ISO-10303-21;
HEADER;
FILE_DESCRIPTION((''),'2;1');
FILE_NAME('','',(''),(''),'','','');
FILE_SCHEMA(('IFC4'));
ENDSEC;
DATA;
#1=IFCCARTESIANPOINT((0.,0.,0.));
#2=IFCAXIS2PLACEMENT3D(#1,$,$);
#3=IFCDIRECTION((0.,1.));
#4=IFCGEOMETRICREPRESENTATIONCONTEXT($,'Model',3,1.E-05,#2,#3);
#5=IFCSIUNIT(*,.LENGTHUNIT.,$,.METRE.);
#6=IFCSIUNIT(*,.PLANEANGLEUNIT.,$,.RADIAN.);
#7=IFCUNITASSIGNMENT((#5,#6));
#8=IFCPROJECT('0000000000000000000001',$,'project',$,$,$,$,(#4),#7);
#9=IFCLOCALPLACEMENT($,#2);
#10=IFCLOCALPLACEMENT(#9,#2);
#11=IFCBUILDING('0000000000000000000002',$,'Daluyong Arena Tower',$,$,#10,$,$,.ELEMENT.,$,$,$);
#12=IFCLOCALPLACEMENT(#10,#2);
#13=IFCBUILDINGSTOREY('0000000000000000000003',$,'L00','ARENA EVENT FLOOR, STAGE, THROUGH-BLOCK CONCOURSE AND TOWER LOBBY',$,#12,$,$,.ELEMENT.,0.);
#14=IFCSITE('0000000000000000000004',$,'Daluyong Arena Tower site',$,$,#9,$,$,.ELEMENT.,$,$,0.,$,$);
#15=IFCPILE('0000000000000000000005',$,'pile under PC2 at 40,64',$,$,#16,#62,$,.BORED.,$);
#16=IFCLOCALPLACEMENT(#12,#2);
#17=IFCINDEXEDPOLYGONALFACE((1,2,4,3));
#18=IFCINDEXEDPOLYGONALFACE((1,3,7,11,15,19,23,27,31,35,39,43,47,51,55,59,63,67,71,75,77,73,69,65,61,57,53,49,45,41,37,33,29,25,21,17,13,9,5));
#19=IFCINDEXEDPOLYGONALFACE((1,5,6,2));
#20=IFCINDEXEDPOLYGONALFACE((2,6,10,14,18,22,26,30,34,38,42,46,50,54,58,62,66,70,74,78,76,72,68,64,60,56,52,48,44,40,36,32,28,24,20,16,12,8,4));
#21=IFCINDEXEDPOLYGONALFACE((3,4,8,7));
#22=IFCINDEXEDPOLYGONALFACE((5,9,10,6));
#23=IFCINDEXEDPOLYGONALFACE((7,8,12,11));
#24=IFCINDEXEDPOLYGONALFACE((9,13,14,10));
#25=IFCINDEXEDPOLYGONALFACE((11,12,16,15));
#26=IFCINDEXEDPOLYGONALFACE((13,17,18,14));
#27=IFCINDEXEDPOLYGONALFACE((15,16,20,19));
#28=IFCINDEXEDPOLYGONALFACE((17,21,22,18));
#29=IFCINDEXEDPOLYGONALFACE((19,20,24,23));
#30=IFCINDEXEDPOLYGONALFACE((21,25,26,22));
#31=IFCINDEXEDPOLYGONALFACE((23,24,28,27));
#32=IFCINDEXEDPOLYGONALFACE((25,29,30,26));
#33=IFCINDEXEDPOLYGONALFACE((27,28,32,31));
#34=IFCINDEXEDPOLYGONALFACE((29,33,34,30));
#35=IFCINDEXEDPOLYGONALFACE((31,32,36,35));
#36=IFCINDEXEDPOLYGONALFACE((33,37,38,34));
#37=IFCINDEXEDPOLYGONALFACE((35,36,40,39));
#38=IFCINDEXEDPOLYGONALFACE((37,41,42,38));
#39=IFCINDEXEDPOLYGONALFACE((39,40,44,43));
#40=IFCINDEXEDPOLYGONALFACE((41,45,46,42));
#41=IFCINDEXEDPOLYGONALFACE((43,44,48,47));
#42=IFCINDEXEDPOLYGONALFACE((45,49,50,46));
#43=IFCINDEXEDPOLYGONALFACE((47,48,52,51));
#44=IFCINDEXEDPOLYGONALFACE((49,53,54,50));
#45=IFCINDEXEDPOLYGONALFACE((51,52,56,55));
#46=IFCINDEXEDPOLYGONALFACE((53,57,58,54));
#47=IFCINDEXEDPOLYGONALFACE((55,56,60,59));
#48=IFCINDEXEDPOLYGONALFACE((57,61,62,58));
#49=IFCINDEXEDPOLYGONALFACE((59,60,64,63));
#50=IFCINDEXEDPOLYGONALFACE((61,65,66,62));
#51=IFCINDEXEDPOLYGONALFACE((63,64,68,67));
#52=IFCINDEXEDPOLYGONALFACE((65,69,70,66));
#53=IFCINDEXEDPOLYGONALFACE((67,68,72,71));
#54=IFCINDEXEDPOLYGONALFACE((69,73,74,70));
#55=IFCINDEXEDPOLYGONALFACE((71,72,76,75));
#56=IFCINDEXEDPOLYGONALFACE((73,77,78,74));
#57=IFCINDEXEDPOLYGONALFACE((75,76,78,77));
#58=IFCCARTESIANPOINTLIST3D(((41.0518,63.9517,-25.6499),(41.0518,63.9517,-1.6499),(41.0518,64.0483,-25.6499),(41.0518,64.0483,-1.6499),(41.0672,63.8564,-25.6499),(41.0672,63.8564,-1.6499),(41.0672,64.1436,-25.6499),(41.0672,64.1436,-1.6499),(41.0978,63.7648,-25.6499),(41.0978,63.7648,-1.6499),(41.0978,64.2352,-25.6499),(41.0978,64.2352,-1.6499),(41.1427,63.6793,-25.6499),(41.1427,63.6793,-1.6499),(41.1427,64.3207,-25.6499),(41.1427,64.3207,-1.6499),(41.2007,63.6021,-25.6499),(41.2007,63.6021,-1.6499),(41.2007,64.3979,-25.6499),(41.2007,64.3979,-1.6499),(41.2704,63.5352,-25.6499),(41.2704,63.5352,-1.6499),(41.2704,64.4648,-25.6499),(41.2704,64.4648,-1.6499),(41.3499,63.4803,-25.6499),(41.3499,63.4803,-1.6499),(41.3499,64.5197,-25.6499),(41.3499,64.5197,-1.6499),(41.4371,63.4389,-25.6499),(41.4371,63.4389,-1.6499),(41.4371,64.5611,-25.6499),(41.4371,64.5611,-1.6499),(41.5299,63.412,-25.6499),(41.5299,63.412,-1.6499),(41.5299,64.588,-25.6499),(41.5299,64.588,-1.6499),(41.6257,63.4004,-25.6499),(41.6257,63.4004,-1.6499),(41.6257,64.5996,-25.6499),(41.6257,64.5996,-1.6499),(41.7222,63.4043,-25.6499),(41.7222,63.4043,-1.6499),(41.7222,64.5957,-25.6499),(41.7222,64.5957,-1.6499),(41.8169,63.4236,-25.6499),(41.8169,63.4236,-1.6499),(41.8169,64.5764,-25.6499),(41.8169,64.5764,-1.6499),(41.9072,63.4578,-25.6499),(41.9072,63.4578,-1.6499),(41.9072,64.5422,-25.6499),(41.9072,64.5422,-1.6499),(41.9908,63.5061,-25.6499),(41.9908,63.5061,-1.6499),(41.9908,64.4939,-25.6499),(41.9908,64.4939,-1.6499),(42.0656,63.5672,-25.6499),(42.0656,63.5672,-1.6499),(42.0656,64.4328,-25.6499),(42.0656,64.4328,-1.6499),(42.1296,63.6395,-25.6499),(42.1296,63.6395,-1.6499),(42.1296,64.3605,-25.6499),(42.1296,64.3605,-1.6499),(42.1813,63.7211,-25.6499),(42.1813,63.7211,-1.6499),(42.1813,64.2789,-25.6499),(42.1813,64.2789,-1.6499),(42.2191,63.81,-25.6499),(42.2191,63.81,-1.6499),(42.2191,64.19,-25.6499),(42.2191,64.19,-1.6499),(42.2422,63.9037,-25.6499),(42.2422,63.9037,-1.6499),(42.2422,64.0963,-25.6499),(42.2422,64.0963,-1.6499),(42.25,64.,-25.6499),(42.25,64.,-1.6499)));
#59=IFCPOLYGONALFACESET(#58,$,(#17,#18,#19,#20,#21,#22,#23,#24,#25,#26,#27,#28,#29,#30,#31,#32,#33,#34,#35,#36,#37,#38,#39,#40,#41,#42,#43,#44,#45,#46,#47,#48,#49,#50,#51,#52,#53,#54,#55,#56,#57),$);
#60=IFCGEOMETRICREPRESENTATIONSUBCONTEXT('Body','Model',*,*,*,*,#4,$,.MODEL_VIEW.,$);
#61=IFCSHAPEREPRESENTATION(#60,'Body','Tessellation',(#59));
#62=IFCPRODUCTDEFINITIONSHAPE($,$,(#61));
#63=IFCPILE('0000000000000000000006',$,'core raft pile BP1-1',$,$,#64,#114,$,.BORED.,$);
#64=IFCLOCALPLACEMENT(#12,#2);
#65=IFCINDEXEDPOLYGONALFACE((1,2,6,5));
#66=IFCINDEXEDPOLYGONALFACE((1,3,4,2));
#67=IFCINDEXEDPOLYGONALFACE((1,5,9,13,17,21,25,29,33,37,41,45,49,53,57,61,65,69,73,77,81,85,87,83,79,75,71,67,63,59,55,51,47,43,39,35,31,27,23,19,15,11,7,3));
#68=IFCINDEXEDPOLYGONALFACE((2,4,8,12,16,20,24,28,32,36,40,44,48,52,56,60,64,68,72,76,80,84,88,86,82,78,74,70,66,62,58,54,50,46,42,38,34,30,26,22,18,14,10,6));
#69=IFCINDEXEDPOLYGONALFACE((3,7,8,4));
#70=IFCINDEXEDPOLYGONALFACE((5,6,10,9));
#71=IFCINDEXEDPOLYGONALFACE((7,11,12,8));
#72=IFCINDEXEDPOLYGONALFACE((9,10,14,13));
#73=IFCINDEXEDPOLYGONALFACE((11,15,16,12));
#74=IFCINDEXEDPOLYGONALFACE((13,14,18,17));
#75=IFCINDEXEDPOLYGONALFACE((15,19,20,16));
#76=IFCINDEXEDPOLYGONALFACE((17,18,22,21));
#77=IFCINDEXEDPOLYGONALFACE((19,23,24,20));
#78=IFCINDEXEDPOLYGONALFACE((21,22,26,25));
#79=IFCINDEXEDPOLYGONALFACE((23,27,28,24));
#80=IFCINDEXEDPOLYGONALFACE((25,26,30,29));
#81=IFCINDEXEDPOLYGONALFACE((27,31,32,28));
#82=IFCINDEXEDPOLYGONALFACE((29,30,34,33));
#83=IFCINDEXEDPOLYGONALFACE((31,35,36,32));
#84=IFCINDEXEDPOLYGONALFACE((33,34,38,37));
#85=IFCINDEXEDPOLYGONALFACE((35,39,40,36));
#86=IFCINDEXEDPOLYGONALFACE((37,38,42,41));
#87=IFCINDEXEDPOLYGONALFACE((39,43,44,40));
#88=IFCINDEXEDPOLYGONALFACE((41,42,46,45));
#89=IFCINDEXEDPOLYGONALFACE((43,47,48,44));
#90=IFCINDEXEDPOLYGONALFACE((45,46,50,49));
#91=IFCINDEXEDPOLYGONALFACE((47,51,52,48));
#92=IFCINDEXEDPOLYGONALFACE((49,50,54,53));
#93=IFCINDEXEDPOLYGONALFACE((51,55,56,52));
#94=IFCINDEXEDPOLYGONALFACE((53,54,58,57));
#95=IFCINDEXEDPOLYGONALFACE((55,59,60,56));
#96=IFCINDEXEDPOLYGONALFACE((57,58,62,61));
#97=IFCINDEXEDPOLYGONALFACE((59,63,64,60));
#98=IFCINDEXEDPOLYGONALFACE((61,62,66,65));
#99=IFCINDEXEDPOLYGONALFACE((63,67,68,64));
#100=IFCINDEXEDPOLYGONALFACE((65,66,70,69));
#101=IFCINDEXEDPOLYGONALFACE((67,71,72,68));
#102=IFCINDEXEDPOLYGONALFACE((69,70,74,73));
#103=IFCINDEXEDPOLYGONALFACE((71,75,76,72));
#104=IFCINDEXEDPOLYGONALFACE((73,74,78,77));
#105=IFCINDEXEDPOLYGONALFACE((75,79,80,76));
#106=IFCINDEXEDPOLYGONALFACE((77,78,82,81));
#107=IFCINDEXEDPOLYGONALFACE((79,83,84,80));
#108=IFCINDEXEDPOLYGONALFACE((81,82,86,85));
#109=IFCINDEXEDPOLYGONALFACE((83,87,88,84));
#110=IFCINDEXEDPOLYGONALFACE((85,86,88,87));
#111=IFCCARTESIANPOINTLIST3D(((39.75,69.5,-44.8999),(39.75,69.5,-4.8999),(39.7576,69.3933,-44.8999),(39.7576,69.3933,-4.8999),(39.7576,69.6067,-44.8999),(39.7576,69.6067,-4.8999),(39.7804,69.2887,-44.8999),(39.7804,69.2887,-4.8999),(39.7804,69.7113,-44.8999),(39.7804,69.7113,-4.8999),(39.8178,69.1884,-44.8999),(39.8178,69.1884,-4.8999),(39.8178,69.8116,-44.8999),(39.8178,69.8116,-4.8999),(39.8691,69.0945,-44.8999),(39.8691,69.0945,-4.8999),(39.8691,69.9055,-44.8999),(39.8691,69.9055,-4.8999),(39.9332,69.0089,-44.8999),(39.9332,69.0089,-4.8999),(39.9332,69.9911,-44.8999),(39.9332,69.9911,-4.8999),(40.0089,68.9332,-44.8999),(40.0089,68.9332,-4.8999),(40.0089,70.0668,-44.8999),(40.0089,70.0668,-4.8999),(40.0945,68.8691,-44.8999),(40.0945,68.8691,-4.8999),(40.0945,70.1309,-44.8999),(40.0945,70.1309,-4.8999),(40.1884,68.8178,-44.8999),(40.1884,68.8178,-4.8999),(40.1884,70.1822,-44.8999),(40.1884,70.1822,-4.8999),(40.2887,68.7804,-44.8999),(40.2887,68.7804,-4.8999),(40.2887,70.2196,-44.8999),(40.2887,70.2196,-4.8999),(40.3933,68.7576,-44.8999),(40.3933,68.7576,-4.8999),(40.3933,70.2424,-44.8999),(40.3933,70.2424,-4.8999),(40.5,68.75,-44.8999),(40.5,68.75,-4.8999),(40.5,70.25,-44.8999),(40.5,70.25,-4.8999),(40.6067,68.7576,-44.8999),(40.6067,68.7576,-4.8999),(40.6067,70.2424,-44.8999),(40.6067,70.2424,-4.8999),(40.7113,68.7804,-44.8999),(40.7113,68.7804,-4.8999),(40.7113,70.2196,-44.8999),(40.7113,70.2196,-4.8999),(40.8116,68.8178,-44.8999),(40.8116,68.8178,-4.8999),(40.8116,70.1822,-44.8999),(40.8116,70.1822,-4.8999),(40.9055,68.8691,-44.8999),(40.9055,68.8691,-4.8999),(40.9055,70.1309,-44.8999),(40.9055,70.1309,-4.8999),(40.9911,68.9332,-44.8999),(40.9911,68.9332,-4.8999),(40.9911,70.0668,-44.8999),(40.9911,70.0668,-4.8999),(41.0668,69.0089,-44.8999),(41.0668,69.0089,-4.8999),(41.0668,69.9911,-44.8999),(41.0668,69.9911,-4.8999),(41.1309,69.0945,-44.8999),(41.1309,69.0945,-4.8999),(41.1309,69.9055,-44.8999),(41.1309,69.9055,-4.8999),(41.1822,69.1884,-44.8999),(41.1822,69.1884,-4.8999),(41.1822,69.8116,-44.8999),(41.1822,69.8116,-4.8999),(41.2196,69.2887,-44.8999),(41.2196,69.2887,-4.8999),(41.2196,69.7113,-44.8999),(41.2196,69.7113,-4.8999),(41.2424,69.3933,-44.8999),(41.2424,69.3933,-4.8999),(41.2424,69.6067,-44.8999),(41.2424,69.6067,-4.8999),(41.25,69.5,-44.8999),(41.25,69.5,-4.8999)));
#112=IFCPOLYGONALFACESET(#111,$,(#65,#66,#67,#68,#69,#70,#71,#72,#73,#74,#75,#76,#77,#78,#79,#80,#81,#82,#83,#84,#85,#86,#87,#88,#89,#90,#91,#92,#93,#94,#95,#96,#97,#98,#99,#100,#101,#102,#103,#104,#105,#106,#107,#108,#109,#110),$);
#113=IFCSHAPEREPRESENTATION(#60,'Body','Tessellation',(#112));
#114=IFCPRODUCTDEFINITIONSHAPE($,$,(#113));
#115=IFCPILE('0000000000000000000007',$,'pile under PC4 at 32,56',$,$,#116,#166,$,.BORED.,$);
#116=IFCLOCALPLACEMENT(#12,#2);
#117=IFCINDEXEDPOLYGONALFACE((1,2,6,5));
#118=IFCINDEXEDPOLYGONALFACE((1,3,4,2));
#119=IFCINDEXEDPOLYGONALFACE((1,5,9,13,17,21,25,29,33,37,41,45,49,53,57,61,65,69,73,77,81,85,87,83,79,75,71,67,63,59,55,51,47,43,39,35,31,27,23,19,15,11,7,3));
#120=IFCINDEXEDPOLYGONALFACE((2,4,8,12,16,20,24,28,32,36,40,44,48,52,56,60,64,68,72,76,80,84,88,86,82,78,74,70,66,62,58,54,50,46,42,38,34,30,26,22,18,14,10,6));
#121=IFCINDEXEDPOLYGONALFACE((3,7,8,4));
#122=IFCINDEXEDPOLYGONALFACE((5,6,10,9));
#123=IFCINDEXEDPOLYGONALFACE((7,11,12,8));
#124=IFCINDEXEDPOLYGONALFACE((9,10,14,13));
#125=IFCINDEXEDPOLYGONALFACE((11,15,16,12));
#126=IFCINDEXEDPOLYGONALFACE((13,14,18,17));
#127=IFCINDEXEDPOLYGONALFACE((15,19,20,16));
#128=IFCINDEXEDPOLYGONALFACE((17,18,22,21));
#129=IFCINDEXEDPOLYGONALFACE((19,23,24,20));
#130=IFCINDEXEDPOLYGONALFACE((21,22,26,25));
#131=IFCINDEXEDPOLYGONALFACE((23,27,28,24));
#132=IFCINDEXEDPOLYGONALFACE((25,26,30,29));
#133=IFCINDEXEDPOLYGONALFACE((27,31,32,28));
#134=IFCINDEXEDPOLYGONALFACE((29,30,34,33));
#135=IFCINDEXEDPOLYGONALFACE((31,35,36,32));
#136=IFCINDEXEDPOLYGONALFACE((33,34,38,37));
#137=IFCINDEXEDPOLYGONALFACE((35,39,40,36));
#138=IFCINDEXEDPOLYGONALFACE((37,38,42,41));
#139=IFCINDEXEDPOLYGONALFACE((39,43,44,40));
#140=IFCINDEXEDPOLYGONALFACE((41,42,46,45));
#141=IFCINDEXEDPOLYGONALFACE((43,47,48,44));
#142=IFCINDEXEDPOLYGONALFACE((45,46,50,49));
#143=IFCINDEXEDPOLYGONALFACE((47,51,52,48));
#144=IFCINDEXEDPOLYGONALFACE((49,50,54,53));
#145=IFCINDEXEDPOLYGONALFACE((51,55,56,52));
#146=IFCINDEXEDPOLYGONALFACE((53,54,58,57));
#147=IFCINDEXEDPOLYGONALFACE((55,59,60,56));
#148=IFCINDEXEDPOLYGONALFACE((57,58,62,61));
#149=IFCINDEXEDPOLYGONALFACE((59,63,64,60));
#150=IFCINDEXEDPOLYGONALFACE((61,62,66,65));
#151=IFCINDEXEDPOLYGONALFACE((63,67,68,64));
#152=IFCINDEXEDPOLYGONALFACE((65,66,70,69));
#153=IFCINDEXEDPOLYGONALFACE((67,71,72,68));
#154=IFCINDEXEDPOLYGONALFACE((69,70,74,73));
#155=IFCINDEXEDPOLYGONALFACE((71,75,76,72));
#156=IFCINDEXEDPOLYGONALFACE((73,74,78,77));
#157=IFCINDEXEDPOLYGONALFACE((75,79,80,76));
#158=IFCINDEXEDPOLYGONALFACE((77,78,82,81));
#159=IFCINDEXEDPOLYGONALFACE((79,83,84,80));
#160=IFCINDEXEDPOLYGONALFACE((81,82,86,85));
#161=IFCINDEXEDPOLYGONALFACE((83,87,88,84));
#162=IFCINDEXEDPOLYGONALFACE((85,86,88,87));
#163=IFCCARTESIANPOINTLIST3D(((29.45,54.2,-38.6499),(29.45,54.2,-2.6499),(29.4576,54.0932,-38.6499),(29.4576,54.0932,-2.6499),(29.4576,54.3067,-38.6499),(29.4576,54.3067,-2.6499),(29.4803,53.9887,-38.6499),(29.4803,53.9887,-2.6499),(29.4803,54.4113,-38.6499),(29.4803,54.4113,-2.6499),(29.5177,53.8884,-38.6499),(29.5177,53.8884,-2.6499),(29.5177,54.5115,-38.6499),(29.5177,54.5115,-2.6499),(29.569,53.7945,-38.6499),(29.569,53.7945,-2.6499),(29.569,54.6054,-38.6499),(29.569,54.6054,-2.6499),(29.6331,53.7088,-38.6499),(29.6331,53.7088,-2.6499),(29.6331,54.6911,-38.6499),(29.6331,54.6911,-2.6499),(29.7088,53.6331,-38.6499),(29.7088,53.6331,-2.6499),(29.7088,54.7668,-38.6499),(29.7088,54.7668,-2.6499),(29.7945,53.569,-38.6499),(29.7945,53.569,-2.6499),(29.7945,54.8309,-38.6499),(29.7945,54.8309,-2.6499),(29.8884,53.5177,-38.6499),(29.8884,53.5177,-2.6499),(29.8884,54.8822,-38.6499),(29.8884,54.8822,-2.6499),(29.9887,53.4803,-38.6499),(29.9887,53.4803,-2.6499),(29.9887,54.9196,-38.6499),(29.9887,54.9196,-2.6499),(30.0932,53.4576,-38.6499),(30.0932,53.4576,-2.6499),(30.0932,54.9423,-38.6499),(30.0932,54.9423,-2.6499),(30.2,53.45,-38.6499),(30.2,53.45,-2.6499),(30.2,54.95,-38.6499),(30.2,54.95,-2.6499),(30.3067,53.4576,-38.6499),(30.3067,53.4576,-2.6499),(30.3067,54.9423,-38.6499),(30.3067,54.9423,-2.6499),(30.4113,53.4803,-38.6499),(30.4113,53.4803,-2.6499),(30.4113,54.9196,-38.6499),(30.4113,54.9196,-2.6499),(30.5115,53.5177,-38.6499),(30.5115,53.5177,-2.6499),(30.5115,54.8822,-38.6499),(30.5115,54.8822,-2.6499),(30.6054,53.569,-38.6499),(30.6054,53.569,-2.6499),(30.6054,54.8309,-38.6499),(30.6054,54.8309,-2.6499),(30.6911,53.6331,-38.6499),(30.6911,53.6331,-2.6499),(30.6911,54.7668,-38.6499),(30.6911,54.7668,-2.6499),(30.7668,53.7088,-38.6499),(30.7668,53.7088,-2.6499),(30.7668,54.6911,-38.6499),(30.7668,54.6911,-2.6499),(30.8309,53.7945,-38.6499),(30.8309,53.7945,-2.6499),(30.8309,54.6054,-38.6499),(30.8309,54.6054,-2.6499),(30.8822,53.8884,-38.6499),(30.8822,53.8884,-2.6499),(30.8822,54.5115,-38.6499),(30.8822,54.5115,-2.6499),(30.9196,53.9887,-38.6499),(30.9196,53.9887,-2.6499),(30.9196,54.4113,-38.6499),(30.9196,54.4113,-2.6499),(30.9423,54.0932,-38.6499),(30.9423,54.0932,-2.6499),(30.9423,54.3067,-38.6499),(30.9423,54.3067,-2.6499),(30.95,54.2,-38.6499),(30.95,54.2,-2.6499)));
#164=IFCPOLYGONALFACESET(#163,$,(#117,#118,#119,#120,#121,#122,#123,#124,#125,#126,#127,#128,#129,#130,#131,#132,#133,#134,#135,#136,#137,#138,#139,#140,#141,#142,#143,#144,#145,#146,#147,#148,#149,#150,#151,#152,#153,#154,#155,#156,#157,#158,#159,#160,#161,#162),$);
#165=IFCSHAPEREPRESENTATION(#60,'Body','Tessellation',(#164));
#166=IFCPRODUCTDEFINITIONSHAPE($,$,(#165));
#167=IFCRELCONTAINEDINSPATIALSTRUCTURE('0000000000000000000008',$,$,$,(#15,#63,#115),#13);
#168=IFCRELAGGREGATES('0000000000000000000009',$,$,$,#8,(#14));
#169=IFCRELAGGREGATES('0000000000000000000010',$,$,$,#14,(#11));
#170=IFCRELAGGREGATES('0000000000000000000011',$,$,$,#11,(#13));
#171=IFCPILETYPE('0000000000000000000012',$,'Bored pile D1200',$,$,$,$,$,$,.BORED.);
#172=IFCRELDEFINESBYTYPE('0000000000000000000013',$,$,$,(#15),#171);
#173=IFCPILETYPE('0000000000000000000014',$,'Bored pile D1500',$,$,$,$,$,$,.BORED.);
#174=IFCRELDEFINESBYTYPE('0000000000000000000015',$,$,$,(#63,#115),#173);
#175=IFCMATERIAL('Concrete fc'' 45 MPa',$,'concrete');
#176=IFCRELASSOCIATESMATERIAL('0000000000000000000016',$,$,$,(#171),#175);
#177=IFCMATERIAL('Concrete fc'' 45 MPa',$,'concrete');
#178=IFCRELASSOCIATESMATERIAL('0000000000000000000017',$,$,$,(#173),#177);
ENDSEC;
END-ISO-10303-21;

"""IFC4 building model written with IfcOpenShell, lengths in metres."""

from ifc_helpers import new_model, si_unit, direction, frame, origin, origin_2d, place, context, subcontext, project, spatial, circle, extrude, material, type_object, element, save


model = new_model("IFC4")

# Units and contexts
model_context = context("Model", 3, precision=1e-05, world=origin(), true_north=direction((0.0, 1.0)))
body_context = subcontext(model_context, "Body", "Model", "MODEL_VIEW")
ifc_project = project(units=[si_unit("LENGTHUNIT", "METRE"), si_unit("PLANEANGLEUNIT", "RADIAN")], contexts=[model_context])

# Site, building, storey
site_placement = place(None, origin())
site = spatial("IfcSite", under=ifc_project, at=site_placement, Name="Daluyong Arena Tower site", CompositionType="ELEMENT", RefElevation=0.0)
building_placement = place(site_placement, origin())
building = spatial("IfcBuilding", under=site, at=building_placement, Name="Daluyong Arena Tower", CompositionType="ELEMENT")
storey_placement = place(building_placement, origin())
storey = spatial("IfcBuildingStorey", under=building, at=storey_placement, Name="L00", Description="ARENA EVENT FLOOR, STAGE, THROUGH-BLOCK CONCOURSE AND TOWER LOBBY", CompositionType="ELEMENT", Elevation=0.0)

# Piles
ifc_material_1 = material(Name="Concrete fc' 45 MPa", Category="concrete")
pile_type_1 = type_object("IfcPileType", Name="Bored pile D1200", PredefinedType="BORED", material=ifc_material_1)
for number, where, z_axis, x_axis, name in (
    (1, (41.6499, 64.0, -1.6499), (0.0, 0.0, -1.0), (1.0, 0.0, 0.0), "pile under PC2 at 40,64"),
):
    element("IfcPile", number, at=place(storey_placement, frame(where, z_axis=z_axis, x_axis=x_axis)), inside=storey, type_object=pile_type_1, Name=name, PredefinedType="BORED", context=body_context, shape_type="SweptSolid", body=[
        extrude(circle(Radius=0.6001, at=origin_2d()), origin(), (0.0, 0.0, 1.0), 24.0),
    ])
ifc_material_2 = material(Name="Concrete fc' 45 MPa", Category="concrete")
pile_type_2 = type_object("IfcPileType", Name="Bored pile D1500", PredefinedType="BORED", material=ifc_material_2)
pile_placement = place(storey_placement, frame((40.5, 69.5, -4.8999), z_axis=(0.0, 0.0, -1.0), x_axis=(1.0, 0.0, 0.0)))
element("IfcPile", 2, at=pile_placement, inside=storey, type_object=pile_type_2, Name="core raft pile BP1-1", PredefinedType="BORED", context=body_context, shape_type="SweptSolid", body=[
    extrude(circle(Radius=0.75, at=origin_2d()), origin(), (0.0, 0.0, 1.0), 40.0),
])
for number, where, z_axis, x_axis, name in (
    (3, (30.2, 54.2, -2.6499), (0.0, 0.0, -1.0), (1.0, 0.0, 0.0), "pile under PC4 at 32,56"),
):
    element("IfcPile", number, at=place(storey_placement, frame(where, z_axis=z_axis, x_axis=x_axis)), inside=storey, type_object=pile_type_2, Name=name, PredefinedType="BORED", context=body_context, shape_type="SweptSolid", body=[
        extrude(circle(Radius=0.75, at=origin_2d()), origin(), (0.0, 0.0, 1.0), 36.0),
    ])

save(model, "model.ifc")
